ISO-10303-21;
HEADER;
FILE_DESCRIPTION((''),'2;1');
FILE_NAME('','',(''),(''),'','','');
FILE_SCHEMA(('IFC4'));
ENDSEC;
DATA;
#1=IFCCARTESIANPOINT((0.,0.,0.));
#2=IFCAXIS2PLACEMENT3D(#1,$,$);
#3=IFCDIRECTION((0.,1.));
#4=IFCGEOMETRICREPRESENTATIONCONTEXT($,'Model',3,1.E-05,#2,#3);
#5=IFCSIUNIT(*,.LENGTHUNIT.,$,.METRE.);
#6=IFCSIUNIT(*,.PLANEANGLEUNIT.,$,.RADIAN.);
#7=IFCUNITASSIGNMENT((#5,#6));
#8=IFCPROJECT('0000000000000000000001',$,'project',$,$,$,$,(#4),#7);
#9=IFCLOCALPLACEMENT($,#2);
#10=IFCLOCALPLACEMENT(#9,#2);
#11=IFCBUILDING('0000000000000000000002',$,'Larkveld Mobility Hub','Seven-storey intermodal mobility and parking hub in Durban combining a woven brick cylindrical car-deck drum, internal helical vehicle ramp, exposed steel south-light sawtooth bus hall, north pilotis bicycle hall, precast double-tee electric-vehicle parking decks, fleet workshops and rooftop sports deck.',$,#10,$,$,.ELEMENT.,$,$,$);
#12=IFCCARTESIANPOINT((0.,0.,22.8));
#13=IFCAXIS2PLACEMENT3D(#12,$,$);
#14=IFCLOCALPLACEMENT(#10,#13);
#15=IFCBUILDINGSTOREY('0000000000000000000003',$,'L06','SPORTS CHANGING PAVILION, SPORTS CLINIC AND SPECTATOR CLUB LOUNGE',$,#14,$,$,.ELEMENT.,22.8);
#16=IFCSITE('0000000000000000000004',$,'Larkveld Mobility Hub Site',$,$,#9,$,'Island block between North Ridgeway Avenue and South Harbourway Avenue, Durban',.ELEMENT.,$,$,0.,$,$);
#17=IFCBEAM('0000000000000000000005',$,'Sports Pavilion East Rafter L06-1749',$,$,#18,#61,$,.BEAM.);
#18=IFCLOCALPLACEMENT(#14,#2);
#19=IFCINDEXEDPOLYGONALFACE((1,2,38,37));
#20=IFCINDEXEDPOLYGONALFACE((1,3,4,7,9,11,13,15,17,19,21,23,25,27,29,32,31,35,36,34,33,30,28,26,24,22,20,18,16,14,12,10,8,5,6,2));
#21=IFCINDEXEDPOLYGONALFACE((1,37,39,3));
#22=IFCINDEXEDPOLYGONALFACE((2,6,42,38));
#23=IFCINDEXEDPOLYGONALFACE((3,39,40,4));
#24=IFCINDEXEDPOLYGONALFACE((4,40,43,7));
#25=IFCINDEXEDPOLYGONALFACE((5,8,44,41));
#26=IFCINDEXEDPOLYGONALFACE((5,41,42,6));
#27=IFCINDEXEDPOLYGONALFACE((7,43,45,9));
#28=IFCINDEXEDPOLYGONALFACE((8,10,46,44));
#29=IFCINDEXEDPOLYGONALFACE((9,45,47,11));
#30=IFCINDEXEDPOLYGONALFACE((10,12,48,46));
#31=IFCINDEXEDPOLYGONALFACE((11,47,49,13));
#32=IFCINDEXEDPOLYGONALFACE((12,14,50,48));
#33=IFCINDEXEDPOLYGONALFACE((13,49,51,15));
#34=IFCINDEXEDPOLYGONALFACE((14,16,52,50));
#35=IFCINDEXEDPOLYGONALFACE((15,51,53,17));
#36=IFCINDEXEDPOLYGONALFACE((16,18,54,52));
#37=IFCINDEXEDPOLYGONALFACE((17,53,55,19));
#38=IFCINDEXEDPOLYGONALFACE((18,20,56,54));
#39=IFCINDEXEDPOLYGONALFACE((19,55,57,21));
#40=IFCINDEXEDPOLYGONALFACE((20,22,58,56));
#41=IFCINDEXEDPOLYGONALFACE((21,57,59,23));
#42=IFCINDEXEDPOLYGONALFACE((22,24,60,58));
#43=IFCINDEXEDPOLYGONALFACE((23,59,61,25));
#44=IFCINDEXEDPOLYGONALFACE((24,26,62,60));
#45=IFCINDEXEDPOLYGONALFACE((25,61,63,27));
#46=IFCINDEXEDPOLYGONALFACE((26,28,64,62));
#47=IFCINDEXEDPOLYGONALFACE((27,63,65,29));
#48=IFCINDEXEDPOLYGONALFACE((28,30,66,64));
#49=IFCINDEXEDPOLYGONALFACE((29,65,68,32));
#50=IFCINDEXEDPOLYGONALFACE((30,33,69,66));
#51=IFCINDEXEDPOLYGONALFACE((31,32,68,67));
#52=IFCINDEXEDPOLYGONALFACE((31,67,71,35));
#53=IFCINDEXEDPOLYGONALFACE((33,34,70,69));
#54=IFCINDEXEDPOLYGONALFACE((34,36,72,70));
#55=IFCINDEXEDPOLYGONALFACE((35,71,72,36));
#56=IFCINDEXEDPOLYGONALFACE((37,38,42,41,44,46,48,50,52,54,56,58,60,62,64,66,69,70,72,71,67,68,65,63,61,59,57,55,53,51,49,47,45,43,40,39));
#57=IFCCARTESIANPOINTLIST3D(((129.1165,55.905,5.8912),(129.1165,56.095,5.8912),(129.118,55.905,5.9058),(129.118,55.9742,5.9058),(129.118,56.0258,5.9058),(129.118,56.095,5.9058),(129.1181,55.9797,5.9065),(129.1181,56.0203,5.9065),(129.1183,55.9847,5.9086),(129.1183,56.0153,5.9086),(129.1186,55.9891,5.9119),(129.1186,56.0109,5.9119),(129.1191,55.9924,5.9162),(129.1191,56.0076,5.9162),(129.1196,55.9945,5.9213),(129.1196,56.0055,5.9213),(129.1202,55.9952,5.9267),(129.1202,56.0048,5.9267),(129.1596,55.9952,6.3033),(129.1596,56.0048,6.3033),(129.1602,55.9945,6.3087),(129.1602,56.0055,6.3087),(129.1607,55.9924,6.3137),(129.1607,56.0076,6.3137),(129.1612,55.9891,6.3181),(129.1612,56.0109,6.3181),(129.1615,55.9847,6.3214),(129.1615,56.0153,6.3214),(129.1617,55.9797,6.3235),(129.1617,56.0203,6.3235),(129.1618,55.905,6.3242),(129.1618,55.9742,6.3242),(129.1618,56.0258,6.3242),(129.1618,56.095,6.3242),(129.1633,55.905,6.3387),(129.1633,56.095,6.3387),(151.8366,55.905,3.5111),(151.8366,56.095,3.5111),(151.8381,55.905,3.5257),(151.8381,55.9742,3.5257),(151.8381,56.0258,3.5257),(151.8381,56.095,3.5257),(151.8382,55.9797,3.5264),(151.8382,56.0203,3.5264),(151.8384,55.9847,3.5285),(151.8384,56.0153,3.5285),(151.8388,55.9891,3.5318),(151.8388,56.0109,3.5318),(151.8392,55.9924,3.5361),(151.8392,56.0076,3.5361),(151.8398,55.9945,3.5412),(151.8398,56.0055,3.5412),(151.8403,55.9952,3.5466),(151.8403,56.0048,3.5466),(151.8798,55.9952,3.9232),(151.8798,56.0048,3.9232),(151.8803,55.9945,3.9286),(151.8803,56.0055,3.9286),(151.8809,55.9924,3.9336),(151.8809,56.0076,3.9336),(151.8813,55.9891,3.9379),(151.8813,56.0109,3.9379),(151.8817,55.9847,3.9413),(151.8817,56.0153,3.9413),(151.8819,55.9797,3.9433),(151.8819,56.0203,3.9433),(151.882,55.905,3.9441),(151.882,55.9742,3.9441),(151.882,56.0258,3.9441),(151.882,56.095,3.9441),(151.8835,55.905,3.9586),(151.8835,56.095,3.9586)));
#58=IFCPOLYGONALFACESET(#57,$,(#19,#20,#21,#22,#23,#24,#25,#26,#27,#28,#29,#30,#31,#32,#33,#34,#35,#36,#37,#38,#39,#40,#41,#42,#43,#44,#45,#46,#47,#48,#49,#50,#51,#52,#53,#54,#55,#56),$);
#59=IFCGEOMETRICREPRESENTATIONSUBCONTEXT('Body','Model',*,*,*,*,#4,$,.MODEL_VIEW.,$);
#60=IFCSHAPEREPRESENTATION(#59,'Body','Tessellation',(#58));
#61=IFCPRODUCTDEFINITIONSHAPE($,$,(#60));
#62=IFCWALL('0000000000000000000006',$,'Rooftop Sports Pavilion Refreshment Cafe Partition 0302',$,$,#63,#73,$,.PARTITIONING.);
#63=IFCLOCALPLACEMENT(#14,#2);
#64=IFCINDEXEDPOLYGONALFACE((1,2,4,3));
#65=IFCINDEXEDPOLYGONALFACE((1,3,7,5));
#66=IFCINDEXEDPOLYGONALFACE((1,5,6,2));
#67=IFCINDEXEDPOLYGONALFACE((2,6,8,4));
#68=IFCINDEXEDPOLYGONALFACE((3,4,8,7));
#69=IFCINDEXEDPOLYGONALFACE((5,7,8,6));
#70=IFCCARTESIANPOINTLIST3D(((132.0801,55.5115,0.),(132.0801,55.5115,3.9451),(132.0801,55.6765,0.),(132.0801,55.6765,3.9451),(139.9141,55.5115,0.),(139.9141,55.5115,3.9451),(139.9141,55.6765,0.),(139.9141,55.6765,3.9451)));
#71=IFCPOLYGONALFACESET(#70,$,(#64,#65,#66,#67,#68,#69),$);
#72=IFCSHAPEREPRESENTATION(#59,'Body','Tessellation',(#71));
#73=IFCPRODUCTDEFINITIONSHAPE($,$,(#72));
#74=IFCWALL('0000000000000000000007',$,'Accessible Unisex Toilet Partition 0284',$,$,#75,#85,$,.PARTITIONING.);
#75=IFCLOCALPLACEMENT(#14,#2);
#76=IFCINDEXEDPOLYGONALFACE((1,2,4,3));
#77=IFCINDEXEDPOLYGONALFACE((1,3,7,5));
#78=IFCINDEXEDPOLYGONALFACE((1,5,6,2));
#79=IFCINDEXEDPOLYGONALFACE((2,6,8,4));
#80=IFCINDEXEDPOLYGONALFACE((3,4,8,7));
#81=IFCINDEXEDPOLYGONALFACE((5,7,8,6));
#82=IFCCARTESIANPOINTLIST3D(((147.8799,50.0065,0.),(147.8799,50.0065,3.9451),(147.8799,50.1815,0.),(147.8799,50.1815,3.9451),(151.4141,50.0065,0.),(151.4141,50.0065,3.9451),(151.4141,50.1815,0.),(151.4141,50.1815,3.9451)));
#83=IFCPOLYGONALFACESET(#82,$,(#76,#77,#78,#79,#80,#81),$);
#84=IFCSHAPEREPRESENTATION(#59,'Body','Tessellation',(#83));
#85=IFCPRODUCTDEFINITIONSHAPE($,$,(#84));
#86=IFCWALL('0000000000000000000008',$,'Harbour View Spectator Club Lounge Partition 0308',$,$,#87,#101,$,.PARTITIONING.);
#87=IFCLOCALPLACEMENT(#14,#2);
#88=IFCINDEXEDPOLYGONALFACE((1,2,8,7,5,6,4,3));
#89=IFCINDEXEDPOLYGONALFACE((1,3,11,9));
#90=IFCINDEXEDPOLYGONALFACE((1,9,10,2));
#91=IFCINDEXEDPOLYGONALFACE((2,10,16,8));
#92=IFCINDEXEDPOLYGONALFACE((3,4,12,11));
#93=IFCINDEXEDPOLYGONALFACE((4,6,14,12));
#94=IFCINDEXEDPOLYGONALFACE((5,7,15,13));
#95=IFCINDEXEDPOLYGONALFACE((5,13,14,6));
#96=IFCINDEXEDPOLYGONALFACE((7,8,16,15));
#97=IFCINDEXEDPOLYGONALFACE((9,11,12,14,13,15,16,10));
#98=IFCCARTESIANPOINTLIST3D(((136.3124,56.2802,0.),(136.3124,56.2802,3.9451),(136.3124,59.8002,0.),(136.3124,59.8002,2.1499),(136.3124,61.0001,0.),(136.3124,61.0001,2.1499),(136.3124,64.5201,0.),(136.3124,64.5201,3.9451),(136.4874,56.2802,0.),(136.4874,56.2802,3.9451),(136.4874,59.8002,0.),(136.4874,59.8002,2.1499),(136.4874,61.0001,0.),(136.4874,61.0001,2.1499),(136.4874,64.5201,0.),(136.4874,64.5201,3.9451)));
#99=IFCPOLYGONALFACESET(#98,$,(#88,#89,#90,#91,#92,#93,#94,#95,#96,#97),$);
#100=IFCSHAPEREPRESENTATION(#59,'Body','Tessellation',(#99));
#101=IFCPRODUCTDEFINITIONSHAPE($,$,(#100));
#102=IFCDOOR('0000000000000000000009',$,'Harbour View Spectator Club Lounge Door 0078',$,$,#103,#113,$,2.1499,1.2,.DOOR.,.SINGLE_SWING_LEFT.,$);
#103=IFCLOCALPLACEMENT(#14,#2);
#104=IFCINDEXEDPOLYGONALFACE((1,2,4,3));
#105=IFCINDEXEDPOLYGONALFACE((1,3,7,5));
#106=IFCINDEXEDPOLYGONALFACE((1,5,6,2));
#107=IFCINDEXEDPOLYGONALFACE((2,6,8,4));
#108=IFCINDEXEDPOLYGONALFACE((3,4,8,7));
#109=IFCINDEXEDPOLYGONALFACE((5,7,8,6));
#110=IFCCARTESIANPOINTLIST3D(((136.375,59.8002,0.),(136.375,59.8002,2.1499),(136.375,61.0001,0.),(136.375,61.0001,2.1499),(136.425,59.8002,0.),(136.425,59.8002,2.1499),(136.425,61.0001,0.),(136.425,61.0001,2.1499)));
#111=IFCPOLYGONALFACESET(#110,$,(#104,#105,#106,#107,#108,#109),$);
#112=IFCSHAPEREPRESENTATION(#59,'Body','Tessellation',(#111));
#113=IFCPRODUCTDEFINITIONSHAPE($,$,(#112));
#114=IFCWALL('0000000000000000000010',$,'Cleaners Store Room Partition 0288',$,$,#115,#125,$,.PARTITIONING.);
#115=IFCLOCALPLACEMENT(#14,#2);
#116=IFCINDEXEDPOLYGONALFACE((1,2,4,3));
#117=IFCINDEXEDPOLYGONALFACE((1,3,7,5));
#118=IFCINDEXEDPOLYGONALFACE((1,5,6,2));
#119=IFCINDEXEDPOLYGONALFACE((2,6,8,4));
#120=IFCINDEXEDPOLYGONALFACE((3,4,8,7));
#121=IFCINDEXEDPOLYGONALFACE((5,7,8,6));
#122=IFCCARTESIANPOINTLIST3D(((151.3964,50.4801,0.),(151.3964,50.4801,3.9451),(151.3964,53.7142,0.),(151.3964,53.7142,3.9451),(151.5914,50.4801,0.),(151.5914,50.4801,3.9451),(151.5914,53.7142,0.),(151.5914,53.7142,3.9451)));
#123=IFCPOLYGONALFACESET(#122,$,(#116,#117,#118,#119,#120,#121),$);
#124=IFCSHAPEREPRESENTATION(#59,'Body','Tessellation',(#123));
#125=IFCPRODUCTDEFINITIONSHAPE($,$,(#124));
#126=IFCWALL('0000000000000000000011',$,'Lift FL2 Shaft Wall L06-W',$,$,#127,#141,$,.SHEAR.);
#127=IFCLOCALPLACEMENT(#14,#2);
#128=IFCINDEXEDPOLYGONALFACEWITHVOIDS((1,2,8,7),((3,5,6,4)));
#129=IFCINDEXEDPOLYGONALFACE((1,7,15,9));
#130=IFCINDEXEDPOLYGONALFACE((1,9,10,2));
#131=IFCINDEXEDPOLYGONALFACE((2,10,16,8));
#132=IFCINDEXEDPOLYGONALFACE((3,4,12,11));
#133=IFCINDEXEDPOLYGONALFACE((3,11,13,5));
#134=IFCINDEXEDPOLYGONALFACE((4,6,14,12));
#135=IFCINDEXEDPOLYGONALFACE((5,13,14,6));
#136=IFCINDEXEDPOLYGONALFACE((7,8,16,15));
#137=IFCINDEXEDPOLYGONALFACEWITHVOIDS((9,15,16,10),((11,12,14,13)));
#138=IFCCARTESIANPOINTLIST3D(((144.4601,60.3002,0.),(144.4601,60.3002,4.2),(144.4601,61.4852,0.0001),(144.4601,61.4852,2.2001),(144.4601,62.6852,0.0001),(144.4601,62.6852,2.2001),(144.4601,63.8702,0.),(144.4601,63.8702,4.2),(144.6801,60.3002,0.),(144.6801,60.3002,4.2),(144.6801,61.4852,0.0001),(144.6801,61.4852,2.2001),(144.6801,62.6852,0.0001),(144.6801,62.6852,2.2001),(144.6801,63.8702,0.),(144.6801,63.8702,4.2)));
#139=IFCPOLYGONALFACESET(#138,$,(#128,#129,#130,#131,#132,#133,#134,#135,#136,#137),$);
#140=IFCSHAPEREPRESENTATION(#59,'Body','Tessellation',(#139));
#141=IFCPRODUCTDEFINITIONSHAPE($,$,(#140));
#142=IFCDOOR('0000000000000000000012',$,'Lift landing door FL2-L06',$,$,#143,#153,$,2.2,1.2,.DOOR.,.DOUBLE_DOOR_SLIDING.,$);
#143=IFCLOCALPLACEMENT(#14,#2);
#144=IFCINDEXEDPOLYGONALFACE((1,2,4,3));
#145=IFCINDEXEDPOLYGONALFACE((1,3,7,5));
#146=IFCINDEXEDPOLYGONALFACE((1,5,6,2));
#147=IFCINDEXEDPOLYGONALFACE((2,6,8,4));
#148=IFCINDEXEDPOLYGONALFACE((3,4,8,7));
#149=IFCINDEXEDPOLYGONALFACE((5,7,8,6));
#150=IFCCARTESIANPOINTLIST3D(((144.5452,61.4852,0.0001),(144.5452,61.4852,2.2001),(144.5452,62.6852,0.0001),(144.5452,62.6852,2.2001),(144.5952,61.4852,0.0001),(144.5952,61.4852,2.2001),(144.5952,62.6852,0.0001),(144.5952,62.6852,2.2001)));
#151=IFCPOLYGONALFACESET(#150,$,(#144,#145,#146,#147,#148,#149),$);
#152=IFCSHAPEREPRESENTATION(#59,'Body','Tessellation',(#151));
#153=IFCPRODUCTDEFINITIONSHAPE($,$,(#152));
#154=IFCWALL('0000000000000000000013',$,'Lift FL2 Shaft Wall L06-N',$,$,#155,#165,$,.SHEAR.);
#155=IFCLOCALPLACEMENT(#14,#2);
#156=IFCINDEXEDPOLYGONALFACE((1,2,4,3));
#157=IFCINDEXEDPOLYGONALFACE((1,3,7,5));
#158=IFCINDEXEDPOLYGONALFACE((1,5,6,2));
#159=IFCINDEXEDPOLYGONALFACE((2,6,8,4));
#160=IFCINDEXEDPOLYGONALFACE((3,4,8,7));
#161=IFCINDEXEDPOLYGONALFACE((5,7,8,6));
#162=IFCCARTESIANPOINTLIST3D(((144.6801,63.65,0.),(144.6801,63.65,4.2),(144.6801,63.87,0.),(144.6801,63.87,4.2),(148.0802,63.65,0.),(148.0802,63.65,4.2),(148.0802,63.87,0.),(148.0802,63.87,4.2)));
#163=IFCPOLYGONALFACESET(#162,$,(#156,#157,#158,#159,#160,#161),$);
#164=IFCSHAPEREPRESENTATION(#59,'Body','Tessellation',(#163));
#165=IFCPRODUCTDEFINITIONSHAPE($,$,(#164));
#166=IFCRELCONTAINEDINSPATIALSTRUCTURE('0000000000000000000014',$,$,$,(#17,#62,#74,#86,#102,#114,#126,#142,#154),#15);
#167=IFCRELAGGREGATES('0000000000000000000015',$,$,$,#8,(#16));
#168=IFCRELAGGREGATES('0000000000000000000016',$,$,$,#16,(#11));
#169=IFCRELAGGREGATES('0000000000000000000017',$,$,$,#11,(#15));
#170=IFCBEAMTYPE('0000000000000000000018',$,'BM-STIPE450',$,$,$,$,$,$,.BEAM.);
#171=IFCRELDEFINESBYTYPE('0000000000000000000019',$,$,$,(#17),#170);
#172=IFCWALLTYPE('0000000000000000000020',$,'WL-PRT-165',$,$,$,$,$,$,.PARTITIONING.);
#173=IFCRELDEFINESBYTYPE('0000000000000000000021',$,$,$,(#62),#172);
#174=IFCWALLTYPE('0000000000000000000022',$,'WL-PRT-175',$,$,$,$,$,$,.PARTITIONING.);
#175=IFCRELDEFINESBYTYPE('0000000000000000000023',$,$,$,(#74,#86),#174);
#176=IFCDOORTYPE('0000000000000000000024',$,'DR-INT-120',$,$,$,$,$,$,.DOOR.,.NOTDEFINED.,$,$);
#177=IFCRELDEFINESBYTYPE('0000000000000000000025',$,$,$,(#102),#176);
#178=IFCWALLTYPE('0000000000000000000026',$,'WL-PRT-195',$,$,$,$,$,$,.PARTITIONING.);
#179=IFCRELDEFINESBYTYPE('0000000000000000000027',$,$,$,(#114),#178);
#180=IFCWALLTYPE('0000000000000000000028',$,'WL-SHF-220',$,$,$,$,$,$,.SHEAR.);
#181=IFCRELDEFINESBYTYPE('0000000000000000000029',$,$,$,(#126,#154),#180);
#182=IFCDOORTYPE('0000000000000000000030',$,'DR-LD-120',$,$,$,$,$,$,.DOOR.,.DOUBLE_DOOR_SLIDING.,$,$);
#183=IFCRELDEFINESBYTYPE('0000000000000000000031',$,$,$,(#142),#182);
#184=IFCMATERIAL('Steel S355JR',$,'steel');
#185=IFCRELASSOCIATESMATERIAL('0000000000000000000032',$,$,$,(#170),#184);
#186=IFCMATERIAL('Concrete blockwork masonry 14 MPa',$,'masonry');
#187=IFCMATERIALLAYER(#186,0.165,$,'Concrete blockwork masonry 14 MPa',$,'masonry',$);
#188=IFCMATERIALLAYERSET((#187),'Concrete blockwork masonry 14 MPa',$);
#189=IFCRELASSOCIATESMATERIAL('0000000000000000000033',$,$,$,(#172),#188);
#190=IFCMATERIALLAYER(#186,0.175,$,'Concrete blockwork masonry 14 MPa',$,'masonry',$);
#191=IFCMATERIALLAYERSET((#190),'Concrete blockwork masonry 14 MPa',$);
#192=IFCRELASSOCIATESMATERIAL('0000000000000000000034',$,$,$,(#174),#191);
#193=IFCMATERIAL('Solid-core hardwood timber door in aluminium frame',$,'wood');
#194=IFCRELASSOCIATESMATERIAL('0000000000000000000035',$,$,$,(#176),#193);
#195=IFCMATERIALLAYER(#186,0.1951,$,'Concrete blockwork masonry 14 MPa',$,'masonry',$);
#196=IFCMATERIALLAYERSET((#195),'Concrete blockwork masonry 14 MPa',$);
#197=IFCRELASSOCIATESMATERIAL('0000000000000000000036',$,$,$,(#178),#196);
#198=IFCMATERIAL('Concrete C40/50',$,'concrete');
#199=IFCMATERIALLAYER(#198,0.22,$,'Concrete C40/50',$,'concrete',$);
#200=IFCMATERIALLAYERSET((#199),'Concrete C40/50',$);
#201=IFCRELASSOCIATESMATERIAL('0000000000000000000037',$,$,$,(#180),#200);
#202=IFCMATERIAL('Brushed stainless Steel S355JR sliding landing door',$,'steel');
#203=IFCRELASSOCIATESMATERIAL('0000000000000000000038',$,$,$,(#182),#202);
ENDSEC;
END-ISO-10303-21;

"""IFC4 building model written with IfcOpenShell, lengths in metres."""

from ifc_helpers import new_model, si_unit, direction, frame, frame_2d, origin, origin_2d, place, context, subcontext, project, spatial, rectangle, i_section, extrude, material, layer, layer_set, material_profile, profile_set, type_object, element, fill, save


model = new_model("IFC4")

# Units and contexts
model_context = context("Model", 3, precision=1e-05, world=origin(), true_north=direction((0.0, 1.0)))
body_context = subcontext(model_context, "Body", "Model", "MODEL_VIEW")
ifc_project = project(units=[si_unit("LENGTHUNIT", "METRE"), si_unit("PLANEANGLEUNIT", "RADIAN")], contexts=[model_context])

# Site, building, storey
site_placement = place(None, origin())
site = spatial("IfcSite", under=ifc_project, at=site_placement, Name="Larkveld Mobility Hub Site", LongName="Island block between North Ridgeway Avenue and South Harbourway Avenue, Durban", CompositionType="ELEMENT", RefElevation=0.0)
building_placement = place(site_placement, origin())
building = spatial("IfcBuilding", under=site, at=building_placement, Name="Larkveld Mobility Hub", Description="Seven-storey intermodal mobility and parking hub in Durban combining a woven brick cylindrical car-deck drum, internal helical vehicle ramp, exposed steel south-light sawtooth bus hall, north pilotis bicycle hall, precast double-tee electric-vehicle parking decks, fleet workshops and rooftop sports deck.", CompositionType="ELEMENT")
storey_placement = place(building_placement, frame((0.0, 0.0, 22.8)))
storey = spatial("IfcBuildingStorey", under=building, at=storey_placement, Name="L06", Description="SPORTS CHANGING PAVILION, SPORTS CLINIC AND SPECTATOR CLUB LOUNGE", CompositionType="ELEMENT", Elevation=22.8)

# Shared definitions
ifc_material_1 = material(Name="Steel S355JR", Category="steel")

# Beam
ifc_material_2 = material(Name="Concrete C40/50", Category="concrete")
ifc_material_profile_1 = material_profile(ifc_material_1, i_section(OverallWidth=0.1899, OverallDepth=0.45, WebThickness=0.0095, FlangeThickness=0.0146, FilletRadius=0.021, at=origin_2d()), Name="IPE 450")
ifc_profile_set_1 = profile_set([ifc_material_profile_1], Name="Steel S355JR")
beam_type_1 = type_object("IfcBeamType", Name="BM-STIPE450", PredefinedType="BEAM", material=ifc_profile_set_1)
beam_1_placement = place(storey_placement, frame((129.1399, 56.0, 6.115), z_axis=(0.994558, 0.0, -0.104188), x_axis=(0.0, 1.0, 0.0)))
element("IfcBeam", 1, at=beam_1_placement, inside=storey, type_object=beam_type_1, Name="Sports Pavilion East Rafter L06-1749", PredefinedType="BEAM", context=body_context, shape_type="SweptSolid", body=[
    extrude(i_section(OverallWidth=0.1899, OverallDepth=0.45, WebThickness=0.0095, FlangeThickness=0.0146, FilletRadius=0.021, at=origin_2d()), origin(), (0.0, 0.0, 1.0), 22.8445),
])

# Walls
ifc_material_3 = material(Name="Concrete blockwork masonry 14 MPa", Category="masonry")
ifc_layer_1 = layer(ifc_material_3, 0.165, Name="Concrete blockwork masonry 14 MPa", Category="masonry")
ifc_layer_set_1 = layer_set([ifc_layer_1], Name="Concrete blockwork masonry 14 MPa")
wall_type_1 = type_object("IfcWallType", Name="WL-PRT-165", PredefinedType="PARTITIONING", material=ifc_layer_set_1)
wall_1_placement = place(storey_placement, frame((132.0801, 55.594, 0.0), z_axis=(0.0, 0.0, 1.0), x_axis=(1.0, 0.0, 0.0)))
element("IfcWall", 2, at=wall_1_placement, inside=storey, type_object=wall_type_1, Name="Rooftop Sports Pavilion Refreshment Cafe Partition 0302", PredefinedType="PARTITIONING", context=body_context, shape_type="SweptSolid", body=[
    extrude(rectangle(XDim=7.834, YDim=0.165, at=frame_2d((3.917, 0.0))), origin(), (0.0, 0.0, 1.0), 3.9451),
])
ifc_layer_2 = layer(ifc_material_3, 0.175, Name="Concrete blockwork masonry 14 MPa", Category="masonry")
ifc_layer_set_2 = layer_set([ifc_layer_2], Name="Concrete blockwork masonry 14 MPa")
wall_type_2 = type_object("IfcWallType", Name="WL-PRT-175", PredefinedType="PARTITIONING", material=ifc_layer_set_2)
wall_2_placement = place(storey_placement, frame((147.8799, 50.094, 0.0), z_axis=(0.0, 0.0, 1.0), x_axis=(1.0, 0.0, 0.0)))
element("IfcWall", 3, at=wall_2_placement, inside=storey, type_object=wall_type_2, Name="Accessible Unisex Toilet Partition 0284", PredefinedType="PARTITIONING", context=body_context, shape_type="SweptSolid", body=[
    extrude(rectangle(XDim=3.5342, YDim=0.175, at=frame_2d((1.7671, 0.0))), origin(), (0.0, 0.0, 1.0), 3.9451),
])

# Wall, opening, door
wall_3_placement = place(storey_placement, frame((136.3999, 56.28, 0.0), z_axis=(0.0, 0.0, 1.0), x_axis=(0.0, 1.0, 0.0)))
wall_3 = element("IfcWall", 4, at=wall_3_placement, inside=storey, type_object=wall_type_2, Name="Harbour View Spectator Club Lounge Partition 0308", PredefinedType="PARTITIONING", context=body_context, shape_type="SweptSolid", body=[
    extrude(rectangle(XDim=8.24, YDim=0.175, at=frame_2d((4.1201, 0.0))), origin(), (0.0, 0.0, 1.0), 3.9451),
])
opening_1_placement = place(wall_3_placement, frame((3.52, 0.0, 0.0)))
opening_1 = element("IfcOpeningElement", 5, at=opening_1_placement, cuts=wall_3, PredefinedType="OPENING", context=body_context, shape_type="SweptSolid", body=[
    extrude(rectangle(XDim=1.2, YDim=2.1499, at=frame_2d((0.6001, 1.075))), frame((0.0, 0.0977, 0.0), z_axis=(0.0, -1.0, 0.0), x_axis=(1.0, 0.0, 0.0)), (0.0, 0.0, 1.0), 0.1951),
])
ifc_material_4 = material(Name="Solid-core hardwood timber door in aluminium frame", Category="wood")
door_type_1 = type_object("IfcDoorType", Name="DR-INT-120", OperationType="NOTDEFINED", PredefinedType="DOOR", material=ifc_material_4)
door_1_placement = place(opening_1_placement, origin())
door_1 = element("IfcDoor", 6, at=door_1_placement, inside=storey, type_object=door_type_1, Name="Harbour View Spectator Club Lounge Door 0078", OperationType="SINGLE_SWING_LEFT", OverallHeight=2.1499, OverallWidth=1.2, PredefinedType="DOOR", context=body_context, shape_type="SweptSolid", body=[
    extrude(rectangle(XDim=1.2, YDim=2.1499, at=frame_2d((0.6001, 1.075))), frame((0.0, 0.0249, 0.0), z_axis=(0.0, -1.0, 0.0), x_axis=(1.0, 0.0, 0.0)), (0.0, 0.0, 1.0), 0.05),
])
fill(opening_1, door_1)
ifc_layer_3 = layer(ifc_material_3, 0.1951, Name="Concrete blockwork masonry 14 MPa", Category="masonry")
ifc_layer_set_3 = layer_set([ifc_layer_3], Name="Concrete blockwork masonry 14 MPa")
wall_type_3 = type_object("IfcWallType", Name="WL-PRT-195", PredefinedType="PARTITIONING", material=ifc_layer_set_3)

# Wall
wall_4_placement = place(storey_placement, frame((151.4939, 50.48, 0.0), z_axis=(0.0, 0.0, 1.0), x_axis=(0.0, 1.0, 0.0)))
element("IfcWall", 7, at=wall_4_placement, inside=storey, type_object=wall_type_3, Name="Cleaners Store Room Partition 0288", PredefinedType="PARTITIONING", context=body_context, shape_type="SweptSolid", body=[
    extrude(rectangle(XDim=3.2341, YDim=0.1951, at=frame_2d((1.6172, 0.0))), origin(), (0.0, 0.0, 1.0), 3.9451),
])

# Wall, opening, door
ifc_layer_4 = layer(ifc_material_2, 0.22, Name="Concrete C40/50", Category="concrete")
ifc_layer_set_4 = layer_set([ifc_layer_4], Name="Concrete C40/50")
wall_type_4 = type_object("IfcWallType", Name="WL-SHF-220", PredefinedType="SHEAR", material=ifc_layer_set_4)
wall_5_placement = place(storey_placement, frame((144.5701, 60.3, 0.0), z_axis=(0.0, 0.0, 1.0), x_axis=(0.0, 1.0, 0.0)))
wall_5 = element("IfcWall", 8, at=wall_5_placement, inside=storey, type_object=wall_type_4, Name="Lift FL2 Shaft Wall L06-W", PredefinedType="SHEAR", context=body_context, shape_type="SweptSolid", body=[
    extrude(rectangle(XDim=3.5701, YDim=0.22, at=frame_2d((1.7852, 0.0))), origin(), (0.0, 0.0, 1.0), 4.2),
])
opening_2_placement = place(wall_5_placement, frame((1.1851, 0.0, 0.0)))
opening_2 = element("IfcOpeningElement", 9, at=opening_2_placement, cuts=wall_5, PredefinedType="OPENING", context=body_context, shape_type="SweptSolid", body=[
    extrude(rectangle(XDim=1.2, YDim=2.2, at=frame_2d((0.6001, 1.1001))), frame((0.0, 0.1201, 0.0), z_axis=(0.0, -1.0, 0.0), x_axis=(1.0, 0.0, 0.0)), (0.0, 0.0, 1.0), 0.24),
])
ifc_material_5 = material(Name="Brushed stainless Steel S355JR sliding landing door", Category="steel")
door_type_2 = type_object("IfcDoorType", Name="DR-LD-120", OperationType="DOUBLE_DOOR_SLIDING", PredefinedType="DOOR", material=ifc_material_5)
door_2_placement = place(opening_2_placement, origin())
door_2 = element("IfcDoor", 10, at=door_2_placement, inside=storey, type_object=door_type_2, Name="Lift landing door FL2-L06", OperationType="DOUBLE_DOOR_SLIDING", OverallHeight=2.2, OverallWidth=1.2, PredefinedType="DOOR", context=body_context, shape_type="SweptSolid", body=[
    extrude(rectangle(XDim=1.2, YDim=2.2, at=frame_2d((0.6001, 1.1001))), frame((0.0, 0.0249, 0.0), z_axis=(0.0, -1.0, 0.0), x_axis=(1.0, 0.0, 0.0)), (0.0, 0.0, 1.0), 0.05),
])
fill(opening_2, door_2)

# Wall
wall_6_placement = place(storey_placement, frame((144.6799, 63.76, 0.0), z_axis=(0.0, 0.0, 1.0), x_axis=(1.0, 0.0, 0.0)))
element("IfcWall", 11, at=wall_6_placement, inside=storey, type_object=wall_type_4, Name="Lift FL2 Shaft Wall L06-N", PredefinedType="SHEAR", context=body_context, shape_type="SweptSolid", body=[
    extrude(rectangle(XDim=3.4001, YDim=0.22, at=frame_2d((1.7002, 0.0))), origin(), (0.0, 0.0, 1.0), 4.2),
])

save(model, "model.ifc")
